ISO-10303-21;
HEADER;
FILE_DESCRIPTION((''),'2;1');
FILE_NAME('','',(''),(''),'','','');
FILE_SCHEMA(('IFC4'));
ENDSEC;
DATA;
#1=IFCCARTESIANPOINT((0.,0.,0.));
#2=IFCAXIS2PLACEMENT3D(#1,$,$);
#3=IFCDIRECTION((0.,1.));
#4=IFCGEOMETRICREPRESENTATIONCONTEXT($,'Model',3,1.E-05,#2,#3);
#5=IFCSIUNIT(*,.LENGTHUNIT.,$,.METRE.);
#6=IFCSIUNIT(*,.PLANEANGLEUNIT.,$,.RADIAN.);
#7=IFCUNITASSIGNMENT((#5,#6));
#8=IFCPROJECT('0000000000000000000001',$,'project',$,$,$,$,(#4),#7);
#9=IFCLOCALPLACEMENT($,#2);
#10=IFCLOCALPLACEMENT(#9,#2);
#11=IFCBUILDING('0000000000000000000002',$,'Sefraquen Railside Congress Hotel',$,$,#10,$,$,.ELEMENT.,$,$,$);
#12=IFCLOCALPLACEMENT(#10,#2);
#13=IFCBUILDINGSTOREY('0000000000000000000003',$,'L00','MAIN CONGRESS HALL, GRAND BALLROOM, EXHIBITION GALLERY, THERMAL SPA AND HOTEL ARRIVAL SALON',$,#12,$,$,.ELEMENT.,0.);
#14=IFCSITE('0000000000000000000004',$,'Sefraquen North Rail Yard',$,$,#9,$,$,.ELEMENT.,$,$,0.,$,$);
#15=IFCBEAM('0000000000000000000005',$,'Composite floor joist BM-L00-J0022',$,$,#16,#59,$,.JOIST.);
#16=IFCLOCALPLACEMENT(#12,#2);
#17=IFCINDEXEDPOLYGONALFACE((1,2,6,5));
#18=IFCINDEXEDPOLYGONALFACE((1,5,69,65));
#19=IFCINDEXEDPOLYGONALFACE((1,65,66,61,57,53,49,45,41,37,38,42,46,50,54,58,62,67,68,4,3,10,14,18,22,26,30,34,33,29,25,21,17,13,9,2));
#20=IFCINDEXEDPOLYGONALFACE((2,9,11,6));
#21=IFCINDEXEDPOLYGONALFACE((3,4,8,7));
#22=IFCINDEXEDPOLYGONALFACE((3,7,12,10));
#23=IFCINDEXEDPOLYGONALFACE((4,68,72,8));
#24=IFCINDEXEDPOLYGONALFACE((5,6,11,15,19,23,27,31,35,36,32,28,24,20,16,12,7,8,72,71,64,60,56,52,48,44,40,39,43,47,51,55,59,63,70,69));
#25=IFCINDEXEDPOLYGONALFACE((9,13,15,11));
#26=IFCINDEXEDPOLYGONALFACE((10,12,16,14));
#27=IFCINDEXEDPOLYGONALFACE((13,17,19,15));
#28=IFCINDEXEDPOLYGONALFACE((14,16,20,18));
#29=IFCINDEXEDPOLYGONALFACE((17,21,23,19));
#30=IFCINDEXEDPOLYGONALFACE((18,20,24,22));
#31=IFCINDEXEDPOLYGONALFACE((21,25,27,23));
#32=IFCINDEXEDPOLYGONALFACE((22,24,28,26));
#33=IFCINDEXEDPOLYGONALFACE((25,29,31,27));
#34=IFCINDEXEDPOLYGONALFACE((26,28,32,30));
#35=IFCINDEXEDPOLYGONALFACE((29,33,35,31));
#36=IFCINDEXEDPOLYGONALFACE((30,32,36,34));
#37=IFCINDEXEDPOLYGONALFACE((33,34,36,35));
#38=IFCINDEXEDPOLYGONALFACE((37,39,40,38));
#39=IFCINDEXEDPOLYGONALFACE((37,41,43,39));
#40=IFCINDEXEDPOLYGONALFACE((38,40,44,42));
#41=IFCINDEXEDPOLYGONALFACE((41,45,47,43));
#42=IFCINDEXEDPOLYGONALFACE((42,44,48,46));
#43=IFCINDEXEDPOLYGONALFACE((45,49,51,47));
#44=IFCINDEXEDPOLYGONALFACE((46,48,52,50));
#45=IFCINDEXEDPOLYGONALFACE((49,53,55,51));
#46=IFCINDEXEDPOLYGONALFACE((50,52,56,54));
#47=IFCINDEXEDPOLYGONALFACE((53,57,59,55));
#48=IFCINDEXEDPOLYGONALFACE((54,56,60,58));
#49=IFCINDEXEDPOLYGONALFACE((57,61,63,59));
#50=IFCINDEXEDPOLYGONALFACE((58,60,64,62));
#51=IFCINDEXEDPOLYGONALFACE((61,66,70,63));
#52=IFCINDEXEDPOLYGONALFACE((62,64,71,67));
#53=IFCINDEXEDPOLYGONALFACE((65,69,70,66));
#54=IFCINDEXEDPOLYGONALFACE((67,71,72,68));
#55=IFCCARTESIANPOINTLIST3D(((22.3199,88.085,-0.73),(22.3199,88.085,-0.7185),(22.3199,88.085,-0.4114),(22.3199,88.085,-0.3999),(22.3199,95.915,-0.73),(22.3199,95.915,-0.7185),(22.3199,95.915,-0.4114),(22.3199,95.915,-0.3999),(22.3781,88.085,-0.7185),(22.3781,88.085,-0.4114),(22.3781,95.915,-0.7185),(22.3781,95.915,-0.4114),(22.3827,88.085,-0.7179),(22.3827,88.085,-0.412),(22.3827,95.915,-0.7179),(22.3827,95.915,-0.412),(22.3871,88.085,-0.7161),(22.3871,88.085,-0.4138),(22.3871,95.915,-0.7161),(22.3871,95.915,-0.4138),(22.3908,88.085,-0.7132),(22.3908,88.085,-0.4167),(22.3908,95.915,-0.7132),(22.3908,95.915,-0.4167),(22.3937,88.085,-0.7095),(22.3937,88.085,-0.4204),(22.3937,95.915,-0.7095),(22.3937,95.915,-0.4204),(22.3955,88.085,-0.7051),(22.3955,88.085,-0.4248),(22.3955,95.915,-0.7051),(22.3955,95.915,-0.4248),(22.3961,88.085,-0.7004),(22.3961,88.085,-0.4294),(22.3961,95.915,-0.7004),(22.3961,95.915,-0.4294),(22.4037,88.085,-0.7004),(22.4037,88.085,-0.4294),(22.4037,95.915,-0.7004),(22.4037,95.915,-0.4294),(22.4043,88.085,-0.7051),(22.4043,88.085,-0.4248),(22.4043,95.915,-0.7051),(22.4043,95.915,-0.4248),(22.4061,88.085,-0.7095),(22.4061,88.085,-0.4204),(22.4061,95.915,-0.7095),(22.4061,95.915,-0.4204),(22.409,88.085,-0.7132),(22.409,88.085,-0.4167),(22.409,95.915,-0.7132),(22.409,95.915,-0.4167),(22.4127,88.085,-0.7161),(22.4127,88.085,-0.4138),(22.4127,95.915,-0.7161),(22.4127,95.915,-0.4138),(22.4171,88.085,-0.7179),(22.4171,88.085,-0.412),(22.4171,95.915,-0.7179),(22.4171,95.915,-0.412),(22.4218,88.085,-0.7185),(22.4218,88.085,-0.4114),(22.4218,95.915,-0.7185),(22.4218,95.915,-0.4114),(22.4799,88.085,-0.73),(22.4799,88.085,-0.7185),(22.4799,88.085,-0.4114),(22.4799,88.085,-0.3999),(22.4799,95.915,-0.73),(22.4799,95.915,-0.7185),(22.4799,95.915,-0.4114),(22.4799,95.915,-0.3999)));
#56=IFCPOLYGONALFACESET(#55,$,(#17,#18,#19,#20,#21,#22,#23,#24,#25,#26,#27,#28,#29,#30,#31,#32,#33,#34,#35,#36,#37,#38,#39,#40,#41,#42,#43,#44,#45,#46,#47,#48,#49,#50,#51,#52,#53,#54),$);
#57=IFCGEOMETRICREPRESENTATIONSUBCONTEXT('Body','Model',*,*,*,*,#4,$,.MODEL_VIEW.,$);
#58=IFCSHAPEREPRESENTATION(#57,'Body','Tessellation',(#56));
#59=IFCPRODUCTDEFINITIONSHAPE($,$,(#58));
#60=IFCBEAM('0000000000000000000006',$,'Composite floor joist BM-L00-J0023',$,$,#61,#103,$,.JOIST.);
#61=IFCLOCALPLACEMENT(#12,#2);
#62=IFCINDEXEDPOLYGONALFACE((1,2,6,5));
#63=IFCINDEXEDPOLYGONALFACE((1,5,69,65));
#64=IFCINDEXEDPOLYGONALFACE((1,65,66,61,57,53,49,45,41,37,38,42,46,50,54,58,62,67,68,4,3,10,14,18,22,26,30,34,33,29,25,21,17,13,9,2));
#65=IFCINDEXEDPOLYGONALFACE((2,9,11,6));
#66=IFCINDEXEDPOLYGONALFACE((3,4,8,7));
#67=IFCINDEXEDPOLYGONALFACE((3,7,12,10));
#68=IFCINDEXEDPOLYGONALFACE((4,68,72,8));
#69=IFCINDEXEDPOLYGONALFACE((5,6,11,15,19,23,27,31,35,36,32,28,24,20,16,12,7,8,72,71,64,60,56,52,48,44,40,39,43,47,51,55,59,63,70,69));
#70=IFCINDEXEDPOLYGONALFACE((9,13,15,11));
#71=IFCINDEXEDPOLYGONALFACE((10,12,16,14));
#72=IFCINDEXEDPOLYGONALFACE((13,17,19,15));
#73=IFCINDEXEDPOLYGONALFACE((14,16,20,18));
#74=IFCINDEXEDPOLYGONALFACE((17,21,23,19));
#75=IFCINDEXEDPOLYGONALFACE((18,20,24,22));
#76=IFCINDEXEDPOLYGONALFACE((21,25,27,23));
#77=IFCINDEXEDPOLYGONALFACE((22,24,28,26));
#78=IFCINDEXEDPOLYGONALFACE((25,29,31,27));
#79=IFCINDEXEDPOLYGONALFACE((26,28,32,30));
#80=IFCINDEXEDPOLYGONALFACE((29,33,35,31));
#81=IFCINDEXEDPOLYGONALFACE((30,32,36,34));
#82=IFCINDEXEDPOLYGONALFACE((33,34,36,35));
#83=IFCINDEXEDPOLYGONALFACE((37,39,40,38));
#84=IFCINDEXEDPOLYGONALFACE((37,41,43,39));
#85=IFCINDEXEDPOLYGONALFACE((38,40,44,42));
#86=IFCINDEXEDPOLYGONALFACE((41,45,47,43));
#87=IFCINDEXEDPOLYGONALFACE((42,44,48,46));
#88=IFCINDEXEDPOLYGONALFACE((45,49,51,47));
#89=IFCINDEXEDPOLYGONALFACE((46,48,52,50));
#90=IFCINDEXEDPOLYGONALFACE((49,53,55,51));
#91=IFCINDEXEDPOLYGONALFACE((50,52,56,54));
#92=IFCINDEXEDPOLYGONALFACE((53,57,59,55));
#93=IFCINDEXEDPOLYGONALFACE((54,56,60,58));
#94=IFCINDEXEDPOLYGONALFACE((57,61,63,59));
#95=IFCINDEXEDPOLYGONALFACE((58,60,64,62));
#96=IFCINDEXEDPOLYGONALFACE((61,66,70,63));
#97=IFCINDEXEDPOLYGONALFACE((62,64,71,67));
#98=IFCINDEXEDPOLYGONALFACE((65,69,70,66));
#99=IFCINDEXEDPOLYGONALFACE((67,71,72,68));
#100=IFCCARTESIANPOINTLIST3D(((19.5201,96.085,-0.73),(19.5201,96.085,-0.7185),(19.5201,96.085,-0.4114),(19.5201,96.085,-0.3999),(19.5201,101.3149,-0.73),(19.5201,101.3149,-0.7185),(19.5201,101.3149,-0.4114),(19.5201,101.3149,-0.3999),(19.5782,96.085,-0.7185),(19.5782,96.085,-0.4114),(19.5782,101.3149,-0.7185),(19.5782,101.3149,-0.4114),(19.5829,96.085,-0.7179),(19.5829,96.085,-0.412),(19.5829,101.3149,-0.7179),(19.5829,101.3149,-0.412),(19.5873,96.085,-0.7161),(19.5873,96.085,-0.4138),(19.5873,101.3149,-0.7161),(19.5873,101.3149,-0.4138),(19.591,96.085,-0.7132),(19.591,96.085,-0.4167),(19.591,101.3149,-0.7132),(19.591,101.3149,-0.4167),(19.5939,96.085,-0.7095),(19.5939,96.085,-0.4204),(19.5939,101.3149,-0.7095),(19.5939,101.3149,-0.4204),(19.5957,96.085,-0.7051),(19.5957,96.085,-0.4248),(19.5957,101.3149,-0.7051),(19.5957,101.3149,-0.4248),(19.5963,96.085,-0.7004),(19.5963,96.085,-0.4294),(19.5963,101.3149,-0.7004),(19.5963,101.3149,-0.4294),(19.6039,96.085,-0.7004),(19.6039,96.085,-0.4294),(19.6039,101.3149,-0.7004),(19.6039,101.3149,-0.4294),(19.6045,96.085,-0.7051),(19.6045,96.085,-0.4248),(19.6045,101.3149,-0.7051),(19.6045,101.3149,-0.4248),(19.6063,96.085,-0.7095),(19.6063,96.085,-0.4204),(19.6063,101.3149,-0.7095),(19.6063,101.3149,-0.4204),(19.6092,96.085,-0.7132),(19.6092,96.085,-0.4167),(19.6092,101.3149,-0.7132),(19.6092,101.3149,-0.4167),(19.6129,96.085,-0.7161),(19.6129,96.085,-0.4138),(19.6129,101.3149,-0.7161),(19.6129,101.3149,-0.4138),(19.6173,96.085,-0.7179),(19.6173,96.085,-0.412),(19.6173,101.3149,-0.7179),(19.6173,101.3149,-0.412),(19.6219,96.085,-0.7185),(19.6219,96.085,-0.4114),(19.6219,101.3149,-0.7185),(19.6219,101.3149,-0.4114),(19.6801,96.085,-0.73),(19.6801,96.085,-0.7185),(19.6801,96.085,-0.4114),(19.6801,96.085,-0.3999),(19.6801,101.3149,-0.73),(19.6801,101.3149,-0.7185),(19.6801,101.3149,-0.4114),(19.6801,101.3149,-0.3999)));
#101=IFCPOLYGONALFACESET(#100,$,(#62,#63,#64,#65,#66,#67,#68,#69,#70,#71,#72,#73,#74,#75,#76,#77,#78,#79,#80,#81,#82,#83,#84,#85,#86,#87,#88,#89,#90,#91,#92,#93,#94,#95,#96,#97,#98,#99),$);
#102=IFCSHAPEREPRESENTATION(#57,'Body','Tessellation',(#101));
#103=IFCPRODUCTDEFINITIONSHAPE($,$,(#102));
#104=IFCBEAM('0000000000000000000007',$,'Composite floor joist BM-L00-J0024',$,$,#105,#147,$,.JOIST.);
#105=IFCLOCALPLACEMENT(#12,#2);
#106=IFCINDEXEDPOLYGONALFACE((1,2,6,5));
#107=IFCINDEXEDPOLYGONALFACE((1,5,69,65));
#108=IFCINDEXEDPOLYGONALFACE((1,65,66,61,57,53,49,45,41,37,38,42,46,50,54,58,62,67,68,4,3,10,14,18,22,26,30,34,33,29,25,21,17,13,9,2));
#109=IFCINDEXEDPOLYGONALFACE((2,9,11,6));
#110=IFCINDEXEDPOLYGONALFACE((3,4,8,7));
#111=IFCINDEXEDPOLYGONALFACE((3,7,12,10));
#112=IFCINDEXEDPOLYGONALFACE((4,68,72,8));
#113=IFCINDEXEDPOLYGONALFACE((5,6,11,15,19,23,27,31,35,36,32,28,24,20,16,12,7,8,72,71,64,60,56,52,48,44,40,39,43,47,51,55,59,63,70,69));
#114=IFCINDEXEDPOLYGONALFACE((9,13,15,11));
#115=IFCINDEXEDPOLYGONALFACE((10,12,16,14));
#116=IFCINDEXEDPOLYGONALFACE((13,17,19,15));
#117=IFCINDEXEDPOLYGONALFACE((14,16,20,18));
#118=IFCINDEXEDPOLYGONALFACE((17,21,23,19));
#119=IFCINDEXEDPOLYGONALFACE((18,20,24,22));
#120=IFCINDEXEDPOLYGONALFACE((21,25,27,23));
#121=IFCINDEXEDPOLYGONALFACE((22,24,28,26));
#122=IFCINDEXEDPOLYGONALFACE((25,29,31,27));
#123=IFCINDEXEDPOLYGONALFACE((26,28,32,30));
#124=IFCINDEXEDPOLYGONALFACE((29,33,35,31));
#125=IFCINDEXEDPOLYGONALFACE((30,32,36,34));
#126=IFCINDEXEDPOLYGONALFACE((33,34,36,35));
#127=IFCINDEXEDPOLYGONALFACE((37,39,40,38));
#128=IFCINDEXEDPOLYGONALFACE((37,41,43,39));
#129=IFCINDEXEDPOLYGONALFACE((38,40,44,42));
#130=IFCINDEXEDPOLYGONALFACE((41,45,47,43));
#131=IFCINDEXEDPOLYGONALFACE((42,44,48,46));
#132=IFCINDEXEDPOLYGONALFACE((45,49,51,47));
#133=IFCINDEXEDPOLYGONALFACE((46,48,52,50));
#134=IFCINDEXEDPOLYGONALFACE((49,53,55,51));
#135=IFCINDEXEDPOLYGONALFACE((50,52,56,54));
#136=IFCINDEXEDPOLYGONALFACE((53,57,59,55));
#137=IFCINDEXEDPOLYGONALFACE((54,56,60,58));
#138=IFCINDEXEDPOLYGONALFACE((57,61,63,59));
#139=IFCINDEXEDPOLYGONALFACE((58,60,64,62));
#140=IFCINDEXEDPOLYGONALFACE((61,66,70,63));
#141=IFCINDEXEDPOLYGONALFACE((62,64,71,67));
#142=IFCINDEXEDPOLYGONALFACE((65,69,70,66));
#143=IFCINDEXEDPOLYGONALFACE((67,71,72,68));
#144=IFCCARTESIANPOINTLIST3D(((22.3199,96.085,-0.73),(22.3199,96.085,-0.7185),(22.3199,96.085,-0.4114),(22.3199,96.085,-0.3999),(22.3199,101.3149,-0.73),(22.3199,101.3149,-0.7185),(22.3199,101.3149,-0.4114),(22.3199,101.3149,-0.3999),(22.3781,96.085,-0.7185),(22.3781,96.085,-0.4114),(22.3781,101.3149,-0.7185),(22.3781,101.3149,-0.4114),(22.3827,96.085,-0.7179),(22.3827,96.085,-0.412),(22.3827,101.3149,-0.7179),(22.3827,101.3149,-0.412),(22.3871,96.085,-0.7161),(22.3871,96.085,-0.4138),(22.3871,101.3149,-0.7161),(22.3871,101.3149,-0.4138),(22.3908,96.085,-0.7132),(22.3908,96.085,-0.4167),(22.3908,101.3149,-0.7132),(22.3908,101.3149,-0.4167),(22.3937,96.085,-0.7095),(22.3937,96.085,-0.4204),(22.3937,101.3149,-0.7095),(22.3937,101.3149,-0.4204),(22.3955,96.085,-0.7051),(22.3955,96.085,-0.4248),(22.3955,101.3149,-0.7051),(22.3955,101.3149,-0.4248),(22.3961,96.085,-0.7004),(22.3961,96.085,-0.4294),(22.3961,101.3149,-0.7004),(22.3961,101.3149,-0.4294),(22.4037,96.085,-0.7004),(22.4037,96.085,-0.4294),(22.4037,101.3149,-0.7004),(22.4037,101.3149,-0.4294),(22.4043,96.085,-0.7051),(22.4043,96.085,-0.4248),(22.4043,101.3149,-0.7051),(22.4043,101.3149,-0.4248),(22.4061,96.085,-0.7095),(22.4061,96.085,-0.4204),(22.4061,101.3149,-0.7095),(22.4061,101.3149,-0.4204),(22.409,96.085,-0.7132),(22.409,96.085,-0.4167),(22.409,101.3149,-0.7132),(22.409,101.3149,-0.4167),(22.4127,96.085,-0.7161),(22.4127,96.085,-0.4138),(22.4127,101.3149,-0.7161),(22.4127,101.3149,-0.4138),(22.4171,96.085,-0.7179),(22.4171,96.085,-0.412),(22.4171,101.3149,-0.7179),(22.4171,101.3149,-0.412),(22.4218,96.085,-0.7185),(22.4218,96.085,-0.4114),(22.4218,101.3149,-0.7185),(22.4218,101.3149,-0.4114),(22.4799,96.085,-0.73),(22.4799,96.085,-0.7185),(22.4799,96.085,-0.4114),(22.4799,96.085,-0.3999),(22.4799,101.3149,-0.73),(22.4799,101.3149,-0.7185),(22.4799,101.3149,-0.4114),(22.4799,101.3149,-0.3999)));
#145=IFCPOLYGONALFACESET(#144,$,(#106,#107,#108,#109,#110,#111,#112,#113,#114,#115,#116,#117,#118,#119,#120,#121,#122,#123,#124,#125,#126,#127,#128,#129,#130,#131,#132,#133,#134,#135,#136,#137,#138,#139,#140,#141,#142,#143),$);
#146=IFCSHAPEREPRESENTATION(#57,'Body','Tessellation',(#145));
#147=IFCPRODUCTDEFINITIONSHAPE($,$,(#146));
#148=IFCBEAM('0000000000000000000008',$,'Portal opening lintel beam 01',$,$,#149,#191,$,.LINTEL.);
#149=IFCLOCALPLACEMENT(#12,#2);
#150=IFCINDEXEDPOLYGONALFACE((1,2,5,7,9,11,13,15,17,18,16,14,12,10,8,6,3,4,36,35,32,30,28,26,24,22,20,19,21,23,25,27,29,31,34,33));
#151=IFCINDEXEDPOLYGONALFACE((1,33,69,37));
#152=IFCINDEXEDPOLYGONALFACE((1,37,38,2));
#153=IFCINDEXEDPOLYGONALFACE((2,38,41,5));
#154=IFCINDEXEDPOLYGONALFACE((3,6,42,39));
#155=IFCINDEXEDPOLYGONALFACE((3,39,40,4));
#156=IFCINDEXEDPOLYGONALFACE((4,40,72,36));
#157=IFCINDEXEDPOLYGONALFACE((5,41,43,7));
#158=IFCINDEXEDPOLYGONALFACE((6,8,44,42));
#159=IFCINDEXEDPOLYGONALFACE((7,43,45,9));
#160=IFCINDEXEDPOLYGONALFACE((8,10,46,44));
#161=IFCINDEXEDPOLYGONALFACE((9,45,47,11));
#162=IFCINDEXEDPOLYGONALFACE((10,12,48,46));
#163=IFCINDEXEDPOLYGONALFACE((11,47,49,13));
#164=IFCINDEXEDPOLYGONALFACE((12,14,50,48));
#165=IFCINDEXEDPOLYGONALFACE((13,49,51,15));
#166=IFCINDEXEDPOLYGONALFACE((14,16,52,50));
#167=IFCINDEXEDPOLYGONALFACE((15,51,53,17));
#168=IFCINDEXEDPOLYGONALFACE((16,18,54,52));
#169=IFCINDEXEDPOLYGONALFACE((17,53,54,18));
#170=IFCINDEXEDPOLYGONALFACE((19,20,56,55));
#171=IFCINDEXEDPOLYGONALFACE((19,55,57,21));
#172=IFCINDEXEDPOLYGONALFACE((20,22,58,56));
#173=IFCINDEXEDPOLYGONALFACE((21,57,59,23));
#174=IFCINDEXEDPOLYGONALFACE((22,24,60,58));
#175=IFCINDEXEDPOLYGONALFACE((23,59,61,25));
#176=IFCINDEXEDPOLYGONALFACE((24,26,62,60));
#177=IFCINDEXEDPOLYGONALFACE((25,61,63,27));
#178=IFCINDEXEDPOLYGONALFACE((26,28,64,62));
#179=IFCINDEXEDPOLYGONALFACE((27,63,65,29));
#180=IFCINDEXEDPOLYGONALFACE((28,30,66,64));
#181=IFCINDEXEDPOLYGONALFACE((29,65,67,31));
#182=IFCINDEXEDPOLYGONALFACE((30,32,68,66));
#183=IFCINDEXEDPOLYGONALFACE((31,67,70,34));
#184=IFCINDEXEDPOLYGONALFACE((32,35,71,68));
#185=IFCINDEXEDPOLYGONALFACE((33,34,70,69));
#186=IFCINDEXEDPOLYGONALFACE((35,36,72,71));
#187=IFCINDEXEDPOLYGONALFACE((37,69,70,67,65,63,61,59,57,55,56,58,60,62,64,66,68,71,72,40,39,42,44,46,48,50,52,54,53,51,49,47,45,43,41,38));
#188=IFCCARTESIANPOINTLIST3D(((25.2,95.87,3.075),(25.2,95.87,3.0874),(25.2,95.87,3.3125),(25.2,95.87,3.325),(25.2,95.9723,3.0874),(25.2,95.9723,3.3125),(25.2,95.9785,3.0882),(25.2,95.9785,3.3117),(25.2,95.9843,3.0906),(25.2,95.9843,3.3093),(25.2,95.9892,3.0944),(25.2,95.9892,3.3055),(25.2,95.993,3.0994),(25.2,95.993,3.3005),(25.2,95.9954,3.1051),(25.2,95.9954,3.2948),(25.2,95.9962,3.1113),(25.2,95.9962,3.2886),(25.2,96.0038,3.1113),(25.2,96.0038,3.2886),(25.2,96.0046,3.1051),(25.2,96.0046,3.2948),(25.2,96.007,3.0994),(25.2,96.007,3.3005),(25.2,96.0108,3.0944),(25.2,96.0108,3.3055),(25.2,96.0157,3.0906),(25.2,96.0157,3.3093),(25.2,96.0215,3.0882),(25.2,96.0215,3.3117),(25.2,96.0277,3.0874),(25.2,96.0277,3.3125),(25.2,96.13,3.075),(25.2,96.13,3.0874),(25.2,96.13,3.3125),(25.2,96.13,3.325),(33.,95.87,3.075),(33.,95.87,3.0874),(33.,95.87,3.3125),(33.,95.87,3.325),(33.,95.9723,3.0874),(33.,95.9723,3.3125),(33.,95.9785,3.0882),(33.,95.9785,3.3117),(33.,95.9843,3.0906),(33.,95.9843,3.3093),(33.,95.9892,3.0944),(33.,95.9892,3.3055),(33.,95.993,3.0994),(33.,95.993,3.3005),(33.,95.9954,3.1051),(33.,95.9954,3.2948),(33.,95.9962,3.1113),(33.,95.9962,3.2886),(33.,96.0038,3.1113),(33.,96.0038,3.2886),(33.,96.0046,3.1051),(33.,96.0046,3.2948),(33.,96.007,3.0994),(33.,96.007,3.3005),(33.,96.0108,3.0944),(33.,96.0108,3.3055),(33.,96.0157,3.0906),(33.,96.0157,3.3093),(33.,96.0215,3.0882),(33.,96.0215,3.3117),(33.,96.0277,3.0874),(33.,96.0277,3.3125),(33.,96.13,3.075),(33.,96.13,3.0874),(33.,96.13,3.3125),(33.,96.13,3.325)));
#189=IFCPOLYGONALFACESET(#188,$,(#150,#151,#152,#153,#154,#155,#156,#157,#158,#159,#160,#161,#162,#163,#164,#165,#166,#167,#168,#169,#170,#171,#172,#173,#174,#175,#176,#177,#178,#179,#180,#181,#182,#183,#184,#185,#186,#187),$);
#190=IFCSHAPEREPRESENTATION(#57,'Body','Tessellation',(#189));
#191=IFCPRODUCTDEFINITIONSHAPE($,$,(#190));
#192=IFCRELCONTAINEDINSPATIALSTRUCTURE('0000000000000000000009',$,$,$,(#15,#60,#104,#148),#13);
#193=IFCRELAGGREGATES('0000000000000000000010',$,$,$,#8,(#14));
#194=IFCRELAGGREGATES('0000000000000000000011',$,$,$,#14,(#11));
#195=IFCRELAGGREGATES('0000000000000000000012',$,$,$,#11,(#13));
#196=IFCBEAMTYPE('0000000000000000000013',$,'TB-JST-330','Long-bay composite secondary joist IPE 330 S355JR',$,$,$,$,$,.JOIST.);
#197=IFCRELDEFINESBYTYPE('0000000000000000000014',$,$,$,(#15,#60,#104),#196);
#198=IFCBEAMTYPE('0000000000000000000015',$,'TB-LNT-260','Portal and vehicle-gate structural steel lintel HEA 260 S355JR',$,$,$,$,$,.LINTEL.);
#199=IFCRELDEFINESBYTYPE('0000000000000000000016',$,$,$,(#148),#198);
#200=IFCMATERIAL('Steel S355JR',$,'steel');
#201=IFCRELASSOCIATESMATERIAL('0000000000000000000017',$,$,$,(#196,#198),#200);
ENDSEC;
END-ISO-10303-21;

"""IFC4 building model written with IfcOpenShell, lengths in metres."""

from ifc_helpers import new_model, si_unit, direction, frame, origin, origin_2d, place, context, subcontext, project, spatial, i_section, extrude, material, material_profile, profile_set, type_object, element, save


model = new_model("IFC4")

# Units and contexts
model_context = context("Model", 3, precision=1e-05, world=origin(), true_north=direction((0.0, 1.0)))
body_context = subcontext(model_context, "Body", "Model", "MODEL_VIEW")
ifc_project = project(units=[si_unit("LENGTHUNIT", "METRE"), si_unit("PLANEANGLEUNIT", "RADIAN")], contexts=[model_context])

# Site, building, storey
site_placement = place(None, origin())
site = spatial("IfcSite", under=ifc_project, at=site_placement, Name="Sefraquen North Rail Yard", CompositionType="ELEMENT", RefElevation=0.0)
building_placement = place(site_placement, origin())
building = spatial("IfcBuilding", under=site, at=building_placement, Name="Sefraquen Railside Congress Hotel", CompositionType="ELEMENT")
storey_placement = place(building_placement, origin())
storey = spatial("IfcBuildingStorey", under=building, at=storey_placement, Name="L00", Description="MAIN CONGRESS HALL, GRAND BALLROOM, EXHIBITION GALLERY, THERMAL SPA AND HOTEL ARRIVAL SALON", CompositionType="ELEMENT", Elevation=0.0)

# Shared definitions
ifc_material_1 = material(Name="Steel S355JR", Category="steel")

# Beams
ifc_material_profile_1 = material_profile(ifc_material_1, i_section(OverallWidth=0.1599, OverallDepth=0.3301, WebThickness=0.0076, FlangeThickness=0.0115, FilletRadius=0.0181, at=origin_2d()), Name="IPE 330")
ifc_profile_set_1 = profile_set([ifc_material_profile_1], Name="Steel S355JR")
beam_type_1 = type_object("IfcBeamType", Name="TB-JST-330", Description="Long-bay composite secondary joist IPE 330 S355JR", PredefinedType="JOIST", material=ifc_profile_set_1)
for number, where, z_axis, x_axis, name in (
    (1, (22.3999, 88.085, -0.5649), (0.0, 1.0, 0.0), (-1.0, 0.0, 0.0), "Composite floor joist BM-L00-J0022"),
):
    element("IfcBeam", number, at=place(storey_placement, frame(where, z_axis=z_axis, x_axis=x_axis)), inside=storey, type_object=beam_type_1, Name=name, PredefinedType="JOIST", context=body_context, shape_type="SweptSolid", body=[
        extrude(i_section(OverallWidth=0.1599, OverallDepth=0.3301, WebThickness=0.0076, FlangeThickness=0.0115, FilletRadius=0.0181, at=origin_2d()), origin(), (0.0, 0.0, 1.0), 7.8301),
    ])
for number, where, z_axis, x_axis, name in (
    (2, (19.6001, 96.085, -0.5649), (0.0, 1.0, 0.0), (-1.0, 0.0, 0.0), "Composite floor joist BM-L00-J0023"),
    (3, (22.3999, 96.085, -0.5649), (0.0, 1.0, 0.0), (-1.0, 0.0, 0.0), "Composite floor joist BM-L00-J0024"),
):
    element("IfcBeam", number, at=place(storey_placement, frame(where, z_axis=z_axis, x_axis=x_axis)), inside=storey, type_object=beam_type_1, Name=name, PredefinedType="JOIST", context=body_context, shape_type="SweptSolid", body=[
        extrude(i_section(OverallWidth=0.1599, OverallDepth=0.3301, WebThickness=0.0076, FlangeThickness=0.0115, FilletRadius=0.0181, at=origin_2d()), origin(), (0.0, 0.0, 1.0), 5.23),
    ])
ifc_material_profile_2 = material_profile(ifc_material_1, i_section(OverallWidth=0.26, OverallDepth=0.25, WebThickness=0.0076, FlangeThickness=0.0125, FilletRadius=0.0239, at=origin_2d()), Name="HEA 260")
ifc_profile_set_2 = profile_set([ifc_material_profile_2], Name="Steel S355JR")
beam_type_2 = type_object("IfcBeamType", Name="TB-LNT-260", Description="Portal and vehicle-gate structural steel lintel HEA 260 S355JR", PredefinedType="LINTEL", material=ifc_profile_set_2)
beam_1_placement = place(storey_placement, frame((25.2, 96.0, 3.2), z_axis=(1.0, 0.0, 0.0), x_axis=(0.0, 1.0, 0.0)))
element("IfcBeam", 4, at=beam_1_placement, inside=storey, type_object=beam_type_2, Name="Portal opening lintel beam 01", PredefinedType="LINTEL", context=body_context, shape_type="SweptSolid", body=[
    extrude(i_section(OverallWidth=0.26, OverallDepth=0.25, WebThickness=0.0076, FlangeThickness=0.0125, FilletRadius=0.0239, at=origin_2d()), origin(), (0.0, 0.0, 1.0), 7.8),
])

save(model, "model.ifc")
